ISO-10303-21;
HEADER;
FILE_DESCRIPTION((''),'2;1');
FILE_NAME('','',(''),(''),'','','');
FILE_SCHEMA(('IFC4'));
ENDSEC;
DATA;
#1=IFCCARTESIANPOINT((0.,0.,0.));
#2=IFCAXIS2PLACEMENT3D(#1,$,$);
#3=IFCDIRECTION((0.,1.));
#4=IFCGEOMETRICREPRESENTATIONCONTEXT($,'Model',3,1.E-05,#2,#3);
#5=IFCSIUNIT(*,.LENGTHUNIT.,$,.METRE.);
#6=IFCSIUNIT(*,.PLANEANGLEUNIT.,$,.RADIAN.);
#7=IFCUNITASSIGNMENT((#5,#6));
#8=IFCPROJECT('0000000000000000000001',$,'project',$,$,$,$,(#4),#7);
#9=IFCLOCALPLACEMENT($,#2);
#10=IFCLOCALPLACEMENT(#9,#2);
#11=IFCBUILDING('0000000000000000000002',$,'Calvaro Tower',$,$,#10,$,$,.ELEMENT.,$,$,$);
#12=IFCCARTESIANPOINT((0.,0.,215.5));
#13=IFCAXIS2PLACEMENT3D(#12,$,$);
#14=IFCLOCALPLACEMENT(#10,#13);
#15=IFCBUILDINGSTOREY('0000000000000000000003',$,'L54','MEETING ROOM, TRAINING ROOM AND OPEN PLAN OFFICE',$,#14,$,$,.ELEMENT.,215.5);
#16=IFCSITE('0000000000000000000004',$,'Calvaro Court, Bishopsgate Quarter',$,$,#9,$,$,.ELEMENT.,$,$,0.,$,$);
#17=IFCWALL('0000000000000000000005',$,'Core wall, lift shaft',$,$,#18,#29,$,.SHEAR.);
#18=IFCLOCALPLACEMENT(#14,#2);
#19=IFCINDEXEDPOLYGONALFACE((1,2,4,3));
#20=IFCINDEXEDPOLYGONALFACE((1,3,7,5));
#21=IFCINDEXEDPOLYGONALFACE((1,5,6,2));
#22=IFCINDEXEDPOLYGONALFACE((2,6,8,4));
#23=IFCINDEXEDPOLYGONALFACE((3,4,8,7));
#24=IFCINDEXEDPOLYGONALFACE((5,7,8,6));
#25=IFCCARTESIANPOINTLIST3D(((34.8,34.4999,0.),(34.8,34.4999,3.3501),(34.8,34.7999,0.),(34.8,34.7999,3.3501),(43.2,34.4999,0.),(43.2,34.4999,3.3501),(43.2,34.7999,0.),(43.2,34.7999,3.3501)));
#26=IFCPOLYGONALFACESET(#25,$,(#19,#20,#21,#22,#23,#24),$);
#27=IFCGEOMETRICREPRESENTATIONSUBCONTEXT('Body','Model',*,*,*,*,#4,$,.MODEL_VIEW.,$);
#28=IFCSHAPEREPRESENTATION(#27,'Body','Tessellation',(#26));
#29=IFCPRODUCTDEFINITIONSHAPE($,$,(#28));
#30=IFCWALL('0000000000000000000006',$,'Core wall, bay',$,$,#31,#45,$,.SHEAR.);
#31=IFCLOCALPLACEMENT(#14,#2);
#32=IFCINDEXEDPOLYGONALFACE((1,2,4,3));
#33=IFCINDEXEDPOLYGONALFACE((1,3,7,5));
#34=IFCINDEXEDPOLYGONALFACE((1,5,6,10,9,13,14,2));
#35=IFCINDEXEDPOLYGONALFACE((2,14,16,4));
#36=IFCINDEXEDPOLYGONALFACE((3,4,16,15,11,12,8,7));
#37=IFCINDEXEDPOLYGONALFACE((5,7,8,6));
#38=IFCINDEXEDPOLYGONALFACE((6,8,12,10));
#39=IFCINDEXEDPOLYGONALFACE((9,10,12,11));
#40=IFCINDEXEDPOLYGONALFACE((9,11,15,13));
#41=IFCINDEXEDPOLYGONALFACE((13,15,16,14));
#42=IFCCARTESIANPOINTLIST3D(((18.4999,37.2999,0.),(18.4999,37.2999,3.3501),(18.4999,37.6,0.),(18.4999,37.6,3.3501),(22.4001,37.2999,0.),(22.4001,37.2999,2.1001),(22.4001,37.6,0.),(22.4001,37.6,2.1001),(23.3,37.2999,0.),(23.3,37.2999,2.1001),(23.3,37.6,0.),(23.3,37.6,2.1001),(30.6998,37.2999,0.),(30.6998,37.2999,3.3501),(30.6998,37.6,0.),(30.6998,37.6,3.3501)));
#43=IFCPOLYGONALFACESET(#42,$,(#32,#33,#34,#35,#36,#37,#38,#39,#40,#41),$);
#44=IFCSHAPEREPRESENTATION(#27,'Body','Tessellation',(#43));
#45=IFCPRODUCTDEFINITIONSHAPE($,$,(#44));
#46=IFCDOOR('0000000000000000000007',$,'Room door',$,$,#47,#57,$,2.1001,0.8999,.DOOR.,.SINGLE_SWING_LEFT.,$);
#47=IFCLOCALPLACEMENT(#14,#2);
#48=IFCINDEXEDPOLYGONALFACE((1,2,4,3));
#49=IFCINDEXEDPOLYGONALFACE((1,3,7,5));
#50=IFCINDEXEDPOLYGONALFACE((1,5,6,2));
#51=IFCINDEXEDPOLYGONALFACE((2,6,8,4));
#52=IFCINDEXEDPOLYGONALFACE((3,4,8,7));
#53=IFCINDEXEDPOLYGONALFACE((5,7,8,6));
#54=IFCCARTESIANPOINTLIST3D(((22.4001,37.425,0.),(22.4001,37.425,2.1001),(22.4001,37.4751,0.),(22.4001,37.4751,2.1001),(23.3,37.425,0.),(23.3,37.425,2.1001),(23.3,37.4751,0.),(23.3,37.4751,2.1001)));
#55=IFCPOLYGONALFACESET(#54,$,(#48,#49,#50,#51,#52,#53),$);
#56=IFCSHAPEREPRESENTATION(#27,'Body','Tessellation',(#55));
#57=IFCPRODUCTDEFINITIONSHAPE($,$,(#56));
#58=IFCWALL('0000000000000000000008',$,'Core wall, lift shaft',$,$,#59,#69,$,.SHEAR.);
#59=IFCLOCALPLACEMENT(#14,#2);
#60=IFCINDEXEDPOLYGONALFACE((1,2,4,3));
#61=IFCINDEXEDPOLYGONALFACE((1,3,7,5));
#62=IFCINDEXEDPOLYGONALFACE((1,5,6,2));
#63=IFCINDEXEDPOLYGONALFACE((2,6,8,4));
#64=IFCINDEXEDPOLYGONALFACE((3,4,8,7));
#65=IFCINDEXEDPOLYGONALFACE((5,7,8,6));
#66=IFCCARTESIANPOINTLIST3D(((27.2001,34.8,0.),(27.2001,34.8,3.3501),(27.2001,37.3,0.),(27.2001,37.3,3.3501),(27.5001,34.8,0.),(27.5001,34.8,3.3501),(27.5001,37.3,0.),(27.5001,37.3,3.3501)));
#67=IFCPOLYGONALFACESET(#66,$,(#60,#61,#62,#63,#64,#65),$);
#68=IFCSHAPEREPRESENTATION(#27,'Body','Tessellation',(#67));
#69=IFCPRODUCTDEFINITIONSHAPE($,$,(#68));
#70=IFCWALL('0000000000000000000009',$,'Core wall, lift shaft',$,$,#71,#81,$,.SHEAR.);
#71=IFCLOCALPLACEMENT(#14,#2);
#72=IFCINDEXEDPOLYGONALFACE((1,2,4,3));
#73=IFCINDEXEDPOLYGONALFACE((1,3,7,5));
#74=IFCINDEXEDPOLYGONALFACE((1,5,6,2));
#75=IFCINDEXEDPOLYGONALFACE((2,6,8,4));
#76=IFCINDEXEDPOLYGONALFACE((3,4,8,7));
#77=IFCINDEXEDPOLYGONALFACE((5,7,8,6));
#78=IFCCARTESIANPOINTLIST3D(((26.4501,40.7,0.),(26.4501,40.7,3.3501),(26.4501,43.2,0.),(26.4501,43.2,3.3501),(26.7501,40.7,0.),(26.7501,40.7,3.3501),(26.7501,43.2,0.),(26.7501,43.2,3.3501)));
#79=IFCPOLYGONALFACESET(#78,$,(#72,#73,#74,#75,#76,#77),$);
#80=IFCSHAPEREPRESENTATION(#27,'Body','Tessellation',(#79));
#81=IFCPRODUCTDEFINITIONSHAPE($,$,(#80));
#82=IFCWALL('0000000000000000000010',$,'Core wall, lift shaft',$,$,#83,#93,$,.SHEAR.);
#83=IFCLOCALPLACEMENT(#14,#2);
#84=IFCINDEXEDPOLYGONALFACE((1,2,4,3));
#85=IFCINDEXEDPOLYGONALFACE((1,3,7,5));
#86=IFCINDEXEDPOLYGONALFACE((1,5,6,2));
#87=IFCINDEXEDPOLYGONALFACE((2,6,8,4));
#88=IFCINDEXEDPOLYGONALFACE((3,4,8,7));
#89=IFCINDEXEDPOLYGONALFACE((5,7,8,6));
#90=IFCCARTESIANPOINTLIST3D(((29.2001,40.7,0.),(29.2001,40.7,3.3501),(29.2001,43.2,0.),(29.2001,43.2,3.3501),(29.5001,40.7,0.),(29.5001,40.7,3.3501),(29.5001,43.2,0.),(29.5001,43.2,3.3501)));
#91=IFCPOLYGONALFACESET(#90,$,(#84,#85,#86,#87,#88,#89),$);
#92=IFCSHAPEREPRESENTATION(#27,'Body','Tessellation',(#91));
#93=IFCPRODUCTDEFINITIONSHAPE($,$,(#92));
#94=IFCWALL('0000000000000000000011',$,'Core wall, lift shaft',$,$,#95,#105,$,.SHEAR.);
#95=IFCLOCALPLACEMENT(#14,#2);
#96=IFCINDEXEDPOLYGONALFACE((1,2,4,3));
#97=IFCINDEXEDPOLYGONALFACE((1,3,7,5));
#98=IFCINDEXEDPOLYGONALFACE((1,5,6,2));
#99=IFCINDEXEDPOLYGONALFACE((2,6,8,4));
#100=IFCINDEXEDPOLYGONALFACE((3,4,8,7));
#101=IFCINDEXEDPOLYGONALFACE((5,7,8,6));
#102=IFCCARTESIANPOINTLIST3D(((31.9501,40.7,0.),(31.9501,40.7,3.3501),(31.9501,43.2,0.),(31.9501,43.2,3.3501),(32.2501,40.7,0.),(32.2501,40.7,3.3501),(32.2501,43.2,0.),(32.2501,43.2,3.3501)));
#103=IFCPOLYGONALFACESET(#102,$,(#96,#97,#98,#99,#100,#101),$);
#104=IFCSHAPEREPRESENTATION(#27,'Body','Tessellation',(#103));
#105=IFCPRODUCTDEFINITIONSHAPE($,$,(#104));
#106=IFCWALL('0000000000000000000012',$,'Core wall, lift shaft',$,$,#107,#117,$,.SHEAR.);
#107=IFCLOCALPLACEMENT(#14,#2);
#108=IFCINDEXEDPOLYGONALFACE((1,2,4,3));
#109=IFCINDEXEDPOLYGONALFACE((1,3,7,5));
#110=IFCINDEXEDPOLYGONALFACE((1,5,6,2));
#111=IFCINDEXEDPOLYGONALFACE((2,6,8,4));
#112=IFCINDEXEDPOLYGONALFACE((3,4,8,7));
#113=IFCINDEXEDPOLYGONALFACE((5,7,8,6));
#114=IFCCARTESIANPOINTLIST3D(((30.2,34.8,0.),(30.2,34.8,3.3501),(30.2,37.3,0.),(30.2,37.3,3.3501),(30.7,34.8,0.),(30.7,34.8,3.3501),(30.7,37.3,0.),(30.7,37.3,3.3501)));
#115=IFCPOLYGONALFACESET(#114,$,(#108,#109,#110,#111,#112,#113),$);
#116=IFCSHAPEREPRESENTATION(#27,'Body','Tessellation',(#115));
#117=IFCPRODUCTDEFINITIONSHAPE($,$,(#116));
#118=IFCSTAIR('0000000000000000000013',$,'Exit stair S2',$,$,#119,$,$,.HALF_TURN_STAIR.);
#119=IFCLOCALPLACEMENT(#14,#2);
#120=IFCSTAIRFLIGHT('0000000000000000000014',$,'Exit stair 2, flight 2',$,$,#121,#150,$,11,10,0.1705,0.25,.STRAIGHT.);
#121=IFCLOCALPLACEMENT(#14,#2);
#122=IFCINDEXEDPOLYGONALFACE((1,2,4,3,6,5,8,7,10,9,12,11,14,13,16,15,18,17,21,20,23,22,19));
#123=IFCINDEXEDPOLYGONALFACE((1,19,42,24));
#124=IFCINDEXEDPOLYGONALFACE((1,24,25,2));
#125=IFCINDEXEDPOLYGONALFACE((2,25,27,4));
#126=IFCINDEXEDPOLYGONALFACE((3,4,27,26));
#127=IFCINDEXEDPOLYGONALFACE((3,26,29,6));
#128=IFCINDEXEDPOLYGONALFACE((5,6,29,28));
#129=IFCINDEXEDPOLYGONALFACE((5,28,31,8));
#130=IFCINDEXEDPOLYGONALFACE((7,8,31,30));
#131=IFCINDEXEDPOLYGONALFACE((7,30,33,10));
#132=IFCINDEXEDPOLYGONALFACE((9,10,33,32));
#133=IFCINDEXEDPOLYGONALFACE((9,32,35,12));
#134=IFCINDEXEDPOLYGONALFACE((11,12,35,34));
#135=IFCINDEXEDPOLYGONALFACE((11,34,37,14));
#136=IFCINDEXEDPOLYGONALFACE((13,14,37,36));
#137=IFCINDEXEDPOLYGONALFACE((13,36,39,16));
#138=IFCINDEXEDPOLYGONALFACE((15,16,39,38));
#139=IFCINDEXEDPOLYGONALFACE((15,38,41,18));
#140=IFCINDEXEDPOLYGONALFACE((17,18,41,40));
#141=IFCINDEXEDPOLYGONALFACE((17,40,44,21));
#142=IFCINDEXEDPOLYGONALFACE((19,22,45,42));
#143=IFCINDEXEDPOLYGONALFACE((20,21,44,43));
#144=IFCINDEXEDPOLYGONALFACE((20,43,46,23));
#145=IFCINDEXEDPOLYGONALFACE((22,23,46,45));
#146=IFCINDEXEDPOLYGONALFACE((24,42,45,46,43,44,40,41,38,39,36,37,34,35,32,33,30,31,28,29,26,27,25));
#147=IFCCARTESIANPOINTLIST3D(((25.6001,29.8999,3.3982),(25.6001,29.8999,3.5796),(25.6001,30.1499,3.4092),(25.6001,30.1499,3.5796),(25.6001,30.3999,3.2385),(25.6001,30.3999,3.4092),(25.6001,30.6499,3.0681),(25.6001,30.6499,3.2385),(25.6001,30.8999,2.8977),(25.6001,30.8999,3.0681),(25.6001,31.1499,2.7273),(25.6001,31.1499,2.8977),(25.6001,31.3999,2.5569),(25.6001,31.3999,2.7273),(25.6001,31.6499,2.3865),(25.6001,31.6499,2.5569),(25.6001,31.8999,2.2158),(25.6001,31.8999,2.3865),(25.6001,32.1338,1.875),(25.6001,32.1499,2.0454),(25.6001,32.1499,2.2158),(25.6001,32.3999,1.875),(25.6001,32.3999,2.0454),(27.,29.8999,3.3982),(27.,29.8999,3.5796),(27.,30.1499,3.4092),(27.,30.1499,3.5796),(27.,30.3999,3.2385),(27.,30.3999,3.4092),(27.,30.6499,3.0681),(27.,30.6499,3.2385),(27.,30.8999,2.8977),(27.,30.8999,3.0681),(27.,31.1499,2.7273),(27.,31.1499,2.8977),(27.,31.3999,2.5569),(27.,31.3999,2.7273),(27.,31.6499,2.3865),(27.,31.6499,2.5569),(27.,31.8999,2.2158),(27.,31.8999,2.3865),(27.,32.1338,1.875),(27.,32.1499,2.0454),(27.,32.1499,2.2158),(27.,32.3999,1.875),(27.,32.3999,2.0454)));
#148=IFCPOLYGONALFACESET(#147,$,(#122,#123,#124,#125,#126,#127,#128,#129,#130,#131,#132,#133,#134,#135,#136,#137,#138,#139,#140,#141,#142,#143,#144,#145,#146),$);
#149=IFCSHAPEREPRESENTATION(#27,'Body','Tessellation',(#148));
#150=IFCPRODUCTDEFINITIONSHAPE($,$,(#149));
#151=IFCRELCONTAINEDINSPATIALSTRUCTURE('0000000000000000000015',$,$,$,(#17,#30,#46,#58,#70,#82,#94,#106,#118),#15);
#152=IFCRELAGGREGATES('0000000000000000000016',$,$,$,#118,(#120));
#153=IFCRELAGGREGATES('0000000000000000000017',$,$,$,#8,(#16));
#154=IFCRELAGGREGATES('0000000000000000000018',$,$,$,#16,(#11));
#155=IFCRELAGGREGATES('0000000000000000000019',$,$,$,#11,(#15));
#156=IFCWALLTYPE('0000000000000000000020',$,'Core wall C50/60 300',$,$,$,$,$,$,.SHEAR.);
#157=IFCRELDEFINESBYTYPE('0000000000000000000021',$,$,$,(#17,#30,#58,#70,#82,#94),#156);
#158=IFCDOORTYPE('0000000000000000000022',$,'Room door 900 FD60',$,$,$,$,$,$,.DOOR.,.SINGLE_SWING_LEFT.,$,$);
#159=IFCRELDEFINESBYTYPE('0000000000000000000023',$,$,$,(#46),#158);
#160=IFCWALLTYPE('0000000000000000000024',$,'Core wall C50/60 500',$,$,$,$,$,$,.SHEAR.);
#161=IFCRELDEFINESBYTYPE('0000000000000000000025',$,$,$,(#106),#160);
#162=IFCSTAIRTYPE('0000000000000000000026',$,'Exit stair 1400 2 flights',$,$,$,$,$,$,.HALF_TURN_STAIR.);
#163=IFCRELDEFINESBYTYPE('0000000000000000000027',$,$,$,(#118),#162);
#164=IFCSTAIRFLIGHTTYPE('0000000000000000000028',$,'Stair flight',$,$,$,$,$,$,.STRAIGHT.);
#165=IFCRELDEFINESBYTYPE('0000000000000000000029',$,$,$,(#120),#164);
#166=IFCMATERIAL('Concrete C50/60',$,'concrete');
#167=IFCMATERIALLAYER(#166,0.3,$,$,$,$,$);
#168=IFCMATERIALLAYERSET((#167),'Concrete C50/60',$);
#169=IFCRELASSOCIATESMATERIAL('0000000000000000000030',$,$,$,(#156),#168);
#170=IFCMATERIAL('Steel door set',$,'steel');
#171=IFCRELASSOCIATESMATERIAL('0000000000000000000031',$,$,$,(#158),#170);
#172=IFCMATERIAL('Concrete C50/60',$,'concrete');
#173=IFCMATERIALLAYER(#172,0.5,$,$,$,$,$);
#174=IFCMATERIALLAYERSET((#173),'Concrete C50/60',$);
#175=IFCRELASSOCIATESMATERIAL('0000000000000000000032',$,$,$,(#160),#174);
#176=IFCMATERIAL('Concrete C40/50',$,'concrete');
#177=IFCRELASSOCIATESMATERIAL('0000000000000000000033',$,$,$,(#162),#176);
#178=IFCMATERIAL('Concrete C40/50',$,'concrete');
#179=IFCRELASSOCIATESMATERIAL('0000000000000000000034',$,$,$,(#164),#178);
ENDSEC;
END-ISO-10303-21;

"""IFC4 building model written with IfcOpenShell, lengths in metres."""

from ifc_helpers import new_model, si_unit, direction, frame, frame_2d, origin, place, context, subcontext, project, spatial, polyline, rectangle, outline, extrude, material, layer, layer_set, type_object, element, fill, aggregate, save


model = new_model("IFC4")

# Units and contexts
model_context = context("Model", 3, precision=1e-05, world=origin(), true_north=direction((0.0, 1.0)))
body_context = subcontext(model_context, "Body", "Model", "MODEL_VIEW")
ifc_project = project(units=[si_unit("LENGTHUNIT", "METRE"), si_unit("PLANEANGLEUNIT", "RADIAN")], contexts=[model_context])

# Site, building, storey
site_placement = place(None, origin())
site = spatial("IfcSite", under=ifc_project, at=site_placement, Name="Calvaro Court, Bishopsgate Quarter", CompositionType="ELEMENT", RefElevation=0.0)
building_placement = place(site_placement, origin())
building = spatial("IfcBuilding", under=site, at=building_placement, Name="Calvaro Tower", CompositionType="ELEMENT")
storey_placement = place(building_placement, frame((0.0, 0.0, 215.5)))
storey = spatial("IfcBuildingStorey", under=building, at=storey_placement, Name="L54", Description="MEETING ROOM, TRAINING ROOM AND OPEN PLAN OFFICE", CompositionType="ELEMENT", Elevation=215.5)

# Wall
ifc_material_1 = material(Name="Concrete C50/60", Category="concrete")
ifc_layer_1 = layer(ifc_material_1, 0.3)
ifc_layer_set_1 = layer_set([ifc_layer_1], Name="Concrete C50/60")
wall_type_1 = type_object("IfcWallType", Name="Core wall C50/60 300", PredefinedType="SHEAR", material=ifc_layer_set_1)
wall_1_placement = place(storey_placement, frame((34.8, 34.6499, 0.0), z_axis=(0.0, 0.0, 1.0), x_axis=(1.0, 0.0, 0.0)))
element("IfcWall", 1, at=wall_1_placement, inside=storey, type_object=wall_type_1, Name="Core wall, lift shaft", PredefinedType="SHEAR", context=body_context, shape_type="SweptSolid", body=[
    extrude(rectangle(XDim=8.3999, YDim=0.3, at=frame_2d((4.2, 0.0))), origin(), (0.0, 0.0, 1.0), 3.3501),
])

# Wall, opening, door
wall_2_placement = place(storey_placement, frame((30.7, 37.45, 0.0), z_axis=(0.0, 0.0, 1.0), x_axis=(-1.0, 0.0, 0.0)))
wall_2 = element("IfcWall", 2, at=wall_2_placement, inside=storey, type_object=wall_type_1, Name="Core wall, bay", PredefinedType="SHEAR", context=body_context, shape_type="SweptSolid", body=[
    extrude(rectangle(XDim=12.2, YDim=0.3, at=frame_2d((6.1001, 0.0))), origin(), (0.0, 0.0, 1.0), 3.3501),
])
opening_placement = place(wall_2_placement, frame((7.3999, 0.0, 0.0)))
opening = element("IfcOpeningElement", 3, at=opening_placement, cuts=wall_2, PredefinedType="OPENING", context=body_context, shape_type="SweptSolid", body=[
    extrude(rectangle(XDim=0.8999, YDim=2.1001, at=frame_2d((0.45, 1.05))), frame((0.0, 0.1599, 0.0), z_axis=(0.0, -1.0, 0.0), x_axis=(1.0, 0.0, 0.0)), (0.0, 0.0, 1.0), 0.3201),
])
ifc_material_2 = material(Name="Steel door set", Category="steel")
door_type = type_object("IfcDoorType", Name="Room door 900 FD60", OperationType="SINGLE_SWING_LEFT", PredefinedType="DOOR", material=ifc_material_2)
door_placement = place(opening_placement, origin())
door = element("IfcDoor", 4, at=door_placement, inside=storey, type_object=door_type, Name="Room door", OperationType="SINGLE_SWING_LEFT", OverallHeight=2.1001, OverallWidth=0.8999, PredefinedType="DOOR", context=body_context, shape_type="SweptSolid", body=[
    extrude(rectangle(XDim=0.8999, YDim=2.1001, at=frame_2d((0.45, 1.05))), frame((0.0, 0.0249, 0.0), z_axis=(0.0, -1.0, 0.0), x_axis=(1.0, 0.0, 0.0)), (0.0, 0.0, 1.0), 0.05),
])
fill(opening, door)

# Walls
for number, where, z_axis, x_axis, name in (
    (5, (27.3501, 34.8, 0.0), (0.0, 0.0, 1.0), (0.0, 1.0, 0.0), "Core wall, lift shaft"),
    (6, (26.6001, 40.7, 0.0), (0.0, 0.0, 1.0), (0.0, 1.0, 0.0), "Core wall, lift shaft"),
    (7, (29.3501, 40.7, 0.0), (0.0, 0.0, 1.0), (0.0, 1.0, 0.0), "Core wall, lift shaft"),
    (8, (32.1001, 40.7, 0.0), (0.0, 0.0, 1.0), (0.0, 1.0, 0.0), "Core wall, lift shaft"),
):
    element("IfcWall", number, at=place(storey_placement, frame(where, z_axis=z_axis, x_axis=x_axis)), inside=storey, type_object=wall_type_1, Name=name, PredefinedType="SHEAR", context=body_context, shape_type="SweptSolid", body=[
        extrude(rectangle(XDim=2.5, YDim=0.3, at=frame_2d((1.25, 0.0))), origin(), (0.0, 0.0, 1.0), 3.3501),
    ])
ifc_material_3 = material(Name="Concrete C50/60", Category="concrete")
ifc_layer_2 = layer(ifc_material_3, 0.5)
ifc_layer_set_2 = layer_set([ifc_layer_2], Name="Concrete C50/60")
wall_type_2 = type_object("IfcWallType", Name="Core wall C50/60 500", PredefinedType="SHEAR", material=ifc_layer_set_2)
wall_3_placement = place(storey_placement, frame((30.45, 34.8, 0.0), z_axis=(0.0, 0.0, 1.0), x_axis=(0.0, 1.0, 0.0)))
element("IfcWall", 9, at=wall_3_placement, inside=storey, type_object=wall_type_2, Name="Core wall, lift shaft", PredefinedType="SHEAR", context=body_context, shape_type="SweptSolid", body=[
    extrude(rectangle(XDim=2.5, YDim=0.5, at=frame_2d((1.25, 0.0))), origin(), (0.0, 0.0, 1.0), 3.3501),
])

# Stair, stair flight
ifc_material_4 = material(Name="Concrete C40/50", Category="concrete")
stair_type = type_object("IfcStairType", Name="Exit stair 1400 2 flights", PredefinedType="HALF_TURN_STAIR", material=ifc_material_4)
stair_placement = place(storey_placement, origin())
stair = element("IfcStair", 10, at=stair_placement, inside=storey, type_object=stair_type, Name="Exit stair S2", PredefinedType="HALF_TURN_STAIR")
ifc_material_5 = material(Name="Concrete C40/50", Category="concrete")
stair_flight_type = type_object("IfcStairFlightType", Name="Stair flight", PredefinedType="STRAIGHT", material=ifc_material_5)
stair_flight_placement = place(storey_placement, frame((26.3, 32.3999, 1.875), z_axis=(0.0, 0.0, 1.0), x_axis=(0.0, -1.0, 0.0)))
stair_flight = element("IfcStairFlight", 11, at=stair_flight_placement, type_object=stair_flight_type, Name="Exit stair 2, flight 2", NumberOfRisers=11, NumberOfTreads=10, PredefinedType="STRAIGHT", RiserHeight=0.1705, TreadLength=0.25, context=body_context, shape_type="SweptSolid", body=[
    extrude(outline(polyline([(0.0, 0.0), (0.0, 0.1704), (0.25, 0.1704), (0.25, 0.3408), (0.5, 0.3408), (0.5, 0.5115), (0.75, 0.5115), (0.75, 0.6819), (1.0, 0.6819), (1.0, 0.8523), (1.25, 0.8523), (1.25, 1.0227), (1.5, 1.0227), (1.5, 1.1931), (1.75, 1.1931), (1.75, 1.3635), (2.0, 1.3635), (2.0, 1.5342), (2.25, 1.5342), (2.25, 1.7046), (2.5, 1.7046), (2.5, 1.875), (2.5, 1.5232), (0.2661, 0.0), (0.0, 0.0)])), frame((0.0, 0.7, 0.0), z_axis=(0.0, -1.0, 0.0), x_axis=(1.0, 0.0, 0.0)), (0.0, 0.0, 1.0), 1.3999),
])
aggregate(stair, [stair_flight])

save(model, "model.ifc")
